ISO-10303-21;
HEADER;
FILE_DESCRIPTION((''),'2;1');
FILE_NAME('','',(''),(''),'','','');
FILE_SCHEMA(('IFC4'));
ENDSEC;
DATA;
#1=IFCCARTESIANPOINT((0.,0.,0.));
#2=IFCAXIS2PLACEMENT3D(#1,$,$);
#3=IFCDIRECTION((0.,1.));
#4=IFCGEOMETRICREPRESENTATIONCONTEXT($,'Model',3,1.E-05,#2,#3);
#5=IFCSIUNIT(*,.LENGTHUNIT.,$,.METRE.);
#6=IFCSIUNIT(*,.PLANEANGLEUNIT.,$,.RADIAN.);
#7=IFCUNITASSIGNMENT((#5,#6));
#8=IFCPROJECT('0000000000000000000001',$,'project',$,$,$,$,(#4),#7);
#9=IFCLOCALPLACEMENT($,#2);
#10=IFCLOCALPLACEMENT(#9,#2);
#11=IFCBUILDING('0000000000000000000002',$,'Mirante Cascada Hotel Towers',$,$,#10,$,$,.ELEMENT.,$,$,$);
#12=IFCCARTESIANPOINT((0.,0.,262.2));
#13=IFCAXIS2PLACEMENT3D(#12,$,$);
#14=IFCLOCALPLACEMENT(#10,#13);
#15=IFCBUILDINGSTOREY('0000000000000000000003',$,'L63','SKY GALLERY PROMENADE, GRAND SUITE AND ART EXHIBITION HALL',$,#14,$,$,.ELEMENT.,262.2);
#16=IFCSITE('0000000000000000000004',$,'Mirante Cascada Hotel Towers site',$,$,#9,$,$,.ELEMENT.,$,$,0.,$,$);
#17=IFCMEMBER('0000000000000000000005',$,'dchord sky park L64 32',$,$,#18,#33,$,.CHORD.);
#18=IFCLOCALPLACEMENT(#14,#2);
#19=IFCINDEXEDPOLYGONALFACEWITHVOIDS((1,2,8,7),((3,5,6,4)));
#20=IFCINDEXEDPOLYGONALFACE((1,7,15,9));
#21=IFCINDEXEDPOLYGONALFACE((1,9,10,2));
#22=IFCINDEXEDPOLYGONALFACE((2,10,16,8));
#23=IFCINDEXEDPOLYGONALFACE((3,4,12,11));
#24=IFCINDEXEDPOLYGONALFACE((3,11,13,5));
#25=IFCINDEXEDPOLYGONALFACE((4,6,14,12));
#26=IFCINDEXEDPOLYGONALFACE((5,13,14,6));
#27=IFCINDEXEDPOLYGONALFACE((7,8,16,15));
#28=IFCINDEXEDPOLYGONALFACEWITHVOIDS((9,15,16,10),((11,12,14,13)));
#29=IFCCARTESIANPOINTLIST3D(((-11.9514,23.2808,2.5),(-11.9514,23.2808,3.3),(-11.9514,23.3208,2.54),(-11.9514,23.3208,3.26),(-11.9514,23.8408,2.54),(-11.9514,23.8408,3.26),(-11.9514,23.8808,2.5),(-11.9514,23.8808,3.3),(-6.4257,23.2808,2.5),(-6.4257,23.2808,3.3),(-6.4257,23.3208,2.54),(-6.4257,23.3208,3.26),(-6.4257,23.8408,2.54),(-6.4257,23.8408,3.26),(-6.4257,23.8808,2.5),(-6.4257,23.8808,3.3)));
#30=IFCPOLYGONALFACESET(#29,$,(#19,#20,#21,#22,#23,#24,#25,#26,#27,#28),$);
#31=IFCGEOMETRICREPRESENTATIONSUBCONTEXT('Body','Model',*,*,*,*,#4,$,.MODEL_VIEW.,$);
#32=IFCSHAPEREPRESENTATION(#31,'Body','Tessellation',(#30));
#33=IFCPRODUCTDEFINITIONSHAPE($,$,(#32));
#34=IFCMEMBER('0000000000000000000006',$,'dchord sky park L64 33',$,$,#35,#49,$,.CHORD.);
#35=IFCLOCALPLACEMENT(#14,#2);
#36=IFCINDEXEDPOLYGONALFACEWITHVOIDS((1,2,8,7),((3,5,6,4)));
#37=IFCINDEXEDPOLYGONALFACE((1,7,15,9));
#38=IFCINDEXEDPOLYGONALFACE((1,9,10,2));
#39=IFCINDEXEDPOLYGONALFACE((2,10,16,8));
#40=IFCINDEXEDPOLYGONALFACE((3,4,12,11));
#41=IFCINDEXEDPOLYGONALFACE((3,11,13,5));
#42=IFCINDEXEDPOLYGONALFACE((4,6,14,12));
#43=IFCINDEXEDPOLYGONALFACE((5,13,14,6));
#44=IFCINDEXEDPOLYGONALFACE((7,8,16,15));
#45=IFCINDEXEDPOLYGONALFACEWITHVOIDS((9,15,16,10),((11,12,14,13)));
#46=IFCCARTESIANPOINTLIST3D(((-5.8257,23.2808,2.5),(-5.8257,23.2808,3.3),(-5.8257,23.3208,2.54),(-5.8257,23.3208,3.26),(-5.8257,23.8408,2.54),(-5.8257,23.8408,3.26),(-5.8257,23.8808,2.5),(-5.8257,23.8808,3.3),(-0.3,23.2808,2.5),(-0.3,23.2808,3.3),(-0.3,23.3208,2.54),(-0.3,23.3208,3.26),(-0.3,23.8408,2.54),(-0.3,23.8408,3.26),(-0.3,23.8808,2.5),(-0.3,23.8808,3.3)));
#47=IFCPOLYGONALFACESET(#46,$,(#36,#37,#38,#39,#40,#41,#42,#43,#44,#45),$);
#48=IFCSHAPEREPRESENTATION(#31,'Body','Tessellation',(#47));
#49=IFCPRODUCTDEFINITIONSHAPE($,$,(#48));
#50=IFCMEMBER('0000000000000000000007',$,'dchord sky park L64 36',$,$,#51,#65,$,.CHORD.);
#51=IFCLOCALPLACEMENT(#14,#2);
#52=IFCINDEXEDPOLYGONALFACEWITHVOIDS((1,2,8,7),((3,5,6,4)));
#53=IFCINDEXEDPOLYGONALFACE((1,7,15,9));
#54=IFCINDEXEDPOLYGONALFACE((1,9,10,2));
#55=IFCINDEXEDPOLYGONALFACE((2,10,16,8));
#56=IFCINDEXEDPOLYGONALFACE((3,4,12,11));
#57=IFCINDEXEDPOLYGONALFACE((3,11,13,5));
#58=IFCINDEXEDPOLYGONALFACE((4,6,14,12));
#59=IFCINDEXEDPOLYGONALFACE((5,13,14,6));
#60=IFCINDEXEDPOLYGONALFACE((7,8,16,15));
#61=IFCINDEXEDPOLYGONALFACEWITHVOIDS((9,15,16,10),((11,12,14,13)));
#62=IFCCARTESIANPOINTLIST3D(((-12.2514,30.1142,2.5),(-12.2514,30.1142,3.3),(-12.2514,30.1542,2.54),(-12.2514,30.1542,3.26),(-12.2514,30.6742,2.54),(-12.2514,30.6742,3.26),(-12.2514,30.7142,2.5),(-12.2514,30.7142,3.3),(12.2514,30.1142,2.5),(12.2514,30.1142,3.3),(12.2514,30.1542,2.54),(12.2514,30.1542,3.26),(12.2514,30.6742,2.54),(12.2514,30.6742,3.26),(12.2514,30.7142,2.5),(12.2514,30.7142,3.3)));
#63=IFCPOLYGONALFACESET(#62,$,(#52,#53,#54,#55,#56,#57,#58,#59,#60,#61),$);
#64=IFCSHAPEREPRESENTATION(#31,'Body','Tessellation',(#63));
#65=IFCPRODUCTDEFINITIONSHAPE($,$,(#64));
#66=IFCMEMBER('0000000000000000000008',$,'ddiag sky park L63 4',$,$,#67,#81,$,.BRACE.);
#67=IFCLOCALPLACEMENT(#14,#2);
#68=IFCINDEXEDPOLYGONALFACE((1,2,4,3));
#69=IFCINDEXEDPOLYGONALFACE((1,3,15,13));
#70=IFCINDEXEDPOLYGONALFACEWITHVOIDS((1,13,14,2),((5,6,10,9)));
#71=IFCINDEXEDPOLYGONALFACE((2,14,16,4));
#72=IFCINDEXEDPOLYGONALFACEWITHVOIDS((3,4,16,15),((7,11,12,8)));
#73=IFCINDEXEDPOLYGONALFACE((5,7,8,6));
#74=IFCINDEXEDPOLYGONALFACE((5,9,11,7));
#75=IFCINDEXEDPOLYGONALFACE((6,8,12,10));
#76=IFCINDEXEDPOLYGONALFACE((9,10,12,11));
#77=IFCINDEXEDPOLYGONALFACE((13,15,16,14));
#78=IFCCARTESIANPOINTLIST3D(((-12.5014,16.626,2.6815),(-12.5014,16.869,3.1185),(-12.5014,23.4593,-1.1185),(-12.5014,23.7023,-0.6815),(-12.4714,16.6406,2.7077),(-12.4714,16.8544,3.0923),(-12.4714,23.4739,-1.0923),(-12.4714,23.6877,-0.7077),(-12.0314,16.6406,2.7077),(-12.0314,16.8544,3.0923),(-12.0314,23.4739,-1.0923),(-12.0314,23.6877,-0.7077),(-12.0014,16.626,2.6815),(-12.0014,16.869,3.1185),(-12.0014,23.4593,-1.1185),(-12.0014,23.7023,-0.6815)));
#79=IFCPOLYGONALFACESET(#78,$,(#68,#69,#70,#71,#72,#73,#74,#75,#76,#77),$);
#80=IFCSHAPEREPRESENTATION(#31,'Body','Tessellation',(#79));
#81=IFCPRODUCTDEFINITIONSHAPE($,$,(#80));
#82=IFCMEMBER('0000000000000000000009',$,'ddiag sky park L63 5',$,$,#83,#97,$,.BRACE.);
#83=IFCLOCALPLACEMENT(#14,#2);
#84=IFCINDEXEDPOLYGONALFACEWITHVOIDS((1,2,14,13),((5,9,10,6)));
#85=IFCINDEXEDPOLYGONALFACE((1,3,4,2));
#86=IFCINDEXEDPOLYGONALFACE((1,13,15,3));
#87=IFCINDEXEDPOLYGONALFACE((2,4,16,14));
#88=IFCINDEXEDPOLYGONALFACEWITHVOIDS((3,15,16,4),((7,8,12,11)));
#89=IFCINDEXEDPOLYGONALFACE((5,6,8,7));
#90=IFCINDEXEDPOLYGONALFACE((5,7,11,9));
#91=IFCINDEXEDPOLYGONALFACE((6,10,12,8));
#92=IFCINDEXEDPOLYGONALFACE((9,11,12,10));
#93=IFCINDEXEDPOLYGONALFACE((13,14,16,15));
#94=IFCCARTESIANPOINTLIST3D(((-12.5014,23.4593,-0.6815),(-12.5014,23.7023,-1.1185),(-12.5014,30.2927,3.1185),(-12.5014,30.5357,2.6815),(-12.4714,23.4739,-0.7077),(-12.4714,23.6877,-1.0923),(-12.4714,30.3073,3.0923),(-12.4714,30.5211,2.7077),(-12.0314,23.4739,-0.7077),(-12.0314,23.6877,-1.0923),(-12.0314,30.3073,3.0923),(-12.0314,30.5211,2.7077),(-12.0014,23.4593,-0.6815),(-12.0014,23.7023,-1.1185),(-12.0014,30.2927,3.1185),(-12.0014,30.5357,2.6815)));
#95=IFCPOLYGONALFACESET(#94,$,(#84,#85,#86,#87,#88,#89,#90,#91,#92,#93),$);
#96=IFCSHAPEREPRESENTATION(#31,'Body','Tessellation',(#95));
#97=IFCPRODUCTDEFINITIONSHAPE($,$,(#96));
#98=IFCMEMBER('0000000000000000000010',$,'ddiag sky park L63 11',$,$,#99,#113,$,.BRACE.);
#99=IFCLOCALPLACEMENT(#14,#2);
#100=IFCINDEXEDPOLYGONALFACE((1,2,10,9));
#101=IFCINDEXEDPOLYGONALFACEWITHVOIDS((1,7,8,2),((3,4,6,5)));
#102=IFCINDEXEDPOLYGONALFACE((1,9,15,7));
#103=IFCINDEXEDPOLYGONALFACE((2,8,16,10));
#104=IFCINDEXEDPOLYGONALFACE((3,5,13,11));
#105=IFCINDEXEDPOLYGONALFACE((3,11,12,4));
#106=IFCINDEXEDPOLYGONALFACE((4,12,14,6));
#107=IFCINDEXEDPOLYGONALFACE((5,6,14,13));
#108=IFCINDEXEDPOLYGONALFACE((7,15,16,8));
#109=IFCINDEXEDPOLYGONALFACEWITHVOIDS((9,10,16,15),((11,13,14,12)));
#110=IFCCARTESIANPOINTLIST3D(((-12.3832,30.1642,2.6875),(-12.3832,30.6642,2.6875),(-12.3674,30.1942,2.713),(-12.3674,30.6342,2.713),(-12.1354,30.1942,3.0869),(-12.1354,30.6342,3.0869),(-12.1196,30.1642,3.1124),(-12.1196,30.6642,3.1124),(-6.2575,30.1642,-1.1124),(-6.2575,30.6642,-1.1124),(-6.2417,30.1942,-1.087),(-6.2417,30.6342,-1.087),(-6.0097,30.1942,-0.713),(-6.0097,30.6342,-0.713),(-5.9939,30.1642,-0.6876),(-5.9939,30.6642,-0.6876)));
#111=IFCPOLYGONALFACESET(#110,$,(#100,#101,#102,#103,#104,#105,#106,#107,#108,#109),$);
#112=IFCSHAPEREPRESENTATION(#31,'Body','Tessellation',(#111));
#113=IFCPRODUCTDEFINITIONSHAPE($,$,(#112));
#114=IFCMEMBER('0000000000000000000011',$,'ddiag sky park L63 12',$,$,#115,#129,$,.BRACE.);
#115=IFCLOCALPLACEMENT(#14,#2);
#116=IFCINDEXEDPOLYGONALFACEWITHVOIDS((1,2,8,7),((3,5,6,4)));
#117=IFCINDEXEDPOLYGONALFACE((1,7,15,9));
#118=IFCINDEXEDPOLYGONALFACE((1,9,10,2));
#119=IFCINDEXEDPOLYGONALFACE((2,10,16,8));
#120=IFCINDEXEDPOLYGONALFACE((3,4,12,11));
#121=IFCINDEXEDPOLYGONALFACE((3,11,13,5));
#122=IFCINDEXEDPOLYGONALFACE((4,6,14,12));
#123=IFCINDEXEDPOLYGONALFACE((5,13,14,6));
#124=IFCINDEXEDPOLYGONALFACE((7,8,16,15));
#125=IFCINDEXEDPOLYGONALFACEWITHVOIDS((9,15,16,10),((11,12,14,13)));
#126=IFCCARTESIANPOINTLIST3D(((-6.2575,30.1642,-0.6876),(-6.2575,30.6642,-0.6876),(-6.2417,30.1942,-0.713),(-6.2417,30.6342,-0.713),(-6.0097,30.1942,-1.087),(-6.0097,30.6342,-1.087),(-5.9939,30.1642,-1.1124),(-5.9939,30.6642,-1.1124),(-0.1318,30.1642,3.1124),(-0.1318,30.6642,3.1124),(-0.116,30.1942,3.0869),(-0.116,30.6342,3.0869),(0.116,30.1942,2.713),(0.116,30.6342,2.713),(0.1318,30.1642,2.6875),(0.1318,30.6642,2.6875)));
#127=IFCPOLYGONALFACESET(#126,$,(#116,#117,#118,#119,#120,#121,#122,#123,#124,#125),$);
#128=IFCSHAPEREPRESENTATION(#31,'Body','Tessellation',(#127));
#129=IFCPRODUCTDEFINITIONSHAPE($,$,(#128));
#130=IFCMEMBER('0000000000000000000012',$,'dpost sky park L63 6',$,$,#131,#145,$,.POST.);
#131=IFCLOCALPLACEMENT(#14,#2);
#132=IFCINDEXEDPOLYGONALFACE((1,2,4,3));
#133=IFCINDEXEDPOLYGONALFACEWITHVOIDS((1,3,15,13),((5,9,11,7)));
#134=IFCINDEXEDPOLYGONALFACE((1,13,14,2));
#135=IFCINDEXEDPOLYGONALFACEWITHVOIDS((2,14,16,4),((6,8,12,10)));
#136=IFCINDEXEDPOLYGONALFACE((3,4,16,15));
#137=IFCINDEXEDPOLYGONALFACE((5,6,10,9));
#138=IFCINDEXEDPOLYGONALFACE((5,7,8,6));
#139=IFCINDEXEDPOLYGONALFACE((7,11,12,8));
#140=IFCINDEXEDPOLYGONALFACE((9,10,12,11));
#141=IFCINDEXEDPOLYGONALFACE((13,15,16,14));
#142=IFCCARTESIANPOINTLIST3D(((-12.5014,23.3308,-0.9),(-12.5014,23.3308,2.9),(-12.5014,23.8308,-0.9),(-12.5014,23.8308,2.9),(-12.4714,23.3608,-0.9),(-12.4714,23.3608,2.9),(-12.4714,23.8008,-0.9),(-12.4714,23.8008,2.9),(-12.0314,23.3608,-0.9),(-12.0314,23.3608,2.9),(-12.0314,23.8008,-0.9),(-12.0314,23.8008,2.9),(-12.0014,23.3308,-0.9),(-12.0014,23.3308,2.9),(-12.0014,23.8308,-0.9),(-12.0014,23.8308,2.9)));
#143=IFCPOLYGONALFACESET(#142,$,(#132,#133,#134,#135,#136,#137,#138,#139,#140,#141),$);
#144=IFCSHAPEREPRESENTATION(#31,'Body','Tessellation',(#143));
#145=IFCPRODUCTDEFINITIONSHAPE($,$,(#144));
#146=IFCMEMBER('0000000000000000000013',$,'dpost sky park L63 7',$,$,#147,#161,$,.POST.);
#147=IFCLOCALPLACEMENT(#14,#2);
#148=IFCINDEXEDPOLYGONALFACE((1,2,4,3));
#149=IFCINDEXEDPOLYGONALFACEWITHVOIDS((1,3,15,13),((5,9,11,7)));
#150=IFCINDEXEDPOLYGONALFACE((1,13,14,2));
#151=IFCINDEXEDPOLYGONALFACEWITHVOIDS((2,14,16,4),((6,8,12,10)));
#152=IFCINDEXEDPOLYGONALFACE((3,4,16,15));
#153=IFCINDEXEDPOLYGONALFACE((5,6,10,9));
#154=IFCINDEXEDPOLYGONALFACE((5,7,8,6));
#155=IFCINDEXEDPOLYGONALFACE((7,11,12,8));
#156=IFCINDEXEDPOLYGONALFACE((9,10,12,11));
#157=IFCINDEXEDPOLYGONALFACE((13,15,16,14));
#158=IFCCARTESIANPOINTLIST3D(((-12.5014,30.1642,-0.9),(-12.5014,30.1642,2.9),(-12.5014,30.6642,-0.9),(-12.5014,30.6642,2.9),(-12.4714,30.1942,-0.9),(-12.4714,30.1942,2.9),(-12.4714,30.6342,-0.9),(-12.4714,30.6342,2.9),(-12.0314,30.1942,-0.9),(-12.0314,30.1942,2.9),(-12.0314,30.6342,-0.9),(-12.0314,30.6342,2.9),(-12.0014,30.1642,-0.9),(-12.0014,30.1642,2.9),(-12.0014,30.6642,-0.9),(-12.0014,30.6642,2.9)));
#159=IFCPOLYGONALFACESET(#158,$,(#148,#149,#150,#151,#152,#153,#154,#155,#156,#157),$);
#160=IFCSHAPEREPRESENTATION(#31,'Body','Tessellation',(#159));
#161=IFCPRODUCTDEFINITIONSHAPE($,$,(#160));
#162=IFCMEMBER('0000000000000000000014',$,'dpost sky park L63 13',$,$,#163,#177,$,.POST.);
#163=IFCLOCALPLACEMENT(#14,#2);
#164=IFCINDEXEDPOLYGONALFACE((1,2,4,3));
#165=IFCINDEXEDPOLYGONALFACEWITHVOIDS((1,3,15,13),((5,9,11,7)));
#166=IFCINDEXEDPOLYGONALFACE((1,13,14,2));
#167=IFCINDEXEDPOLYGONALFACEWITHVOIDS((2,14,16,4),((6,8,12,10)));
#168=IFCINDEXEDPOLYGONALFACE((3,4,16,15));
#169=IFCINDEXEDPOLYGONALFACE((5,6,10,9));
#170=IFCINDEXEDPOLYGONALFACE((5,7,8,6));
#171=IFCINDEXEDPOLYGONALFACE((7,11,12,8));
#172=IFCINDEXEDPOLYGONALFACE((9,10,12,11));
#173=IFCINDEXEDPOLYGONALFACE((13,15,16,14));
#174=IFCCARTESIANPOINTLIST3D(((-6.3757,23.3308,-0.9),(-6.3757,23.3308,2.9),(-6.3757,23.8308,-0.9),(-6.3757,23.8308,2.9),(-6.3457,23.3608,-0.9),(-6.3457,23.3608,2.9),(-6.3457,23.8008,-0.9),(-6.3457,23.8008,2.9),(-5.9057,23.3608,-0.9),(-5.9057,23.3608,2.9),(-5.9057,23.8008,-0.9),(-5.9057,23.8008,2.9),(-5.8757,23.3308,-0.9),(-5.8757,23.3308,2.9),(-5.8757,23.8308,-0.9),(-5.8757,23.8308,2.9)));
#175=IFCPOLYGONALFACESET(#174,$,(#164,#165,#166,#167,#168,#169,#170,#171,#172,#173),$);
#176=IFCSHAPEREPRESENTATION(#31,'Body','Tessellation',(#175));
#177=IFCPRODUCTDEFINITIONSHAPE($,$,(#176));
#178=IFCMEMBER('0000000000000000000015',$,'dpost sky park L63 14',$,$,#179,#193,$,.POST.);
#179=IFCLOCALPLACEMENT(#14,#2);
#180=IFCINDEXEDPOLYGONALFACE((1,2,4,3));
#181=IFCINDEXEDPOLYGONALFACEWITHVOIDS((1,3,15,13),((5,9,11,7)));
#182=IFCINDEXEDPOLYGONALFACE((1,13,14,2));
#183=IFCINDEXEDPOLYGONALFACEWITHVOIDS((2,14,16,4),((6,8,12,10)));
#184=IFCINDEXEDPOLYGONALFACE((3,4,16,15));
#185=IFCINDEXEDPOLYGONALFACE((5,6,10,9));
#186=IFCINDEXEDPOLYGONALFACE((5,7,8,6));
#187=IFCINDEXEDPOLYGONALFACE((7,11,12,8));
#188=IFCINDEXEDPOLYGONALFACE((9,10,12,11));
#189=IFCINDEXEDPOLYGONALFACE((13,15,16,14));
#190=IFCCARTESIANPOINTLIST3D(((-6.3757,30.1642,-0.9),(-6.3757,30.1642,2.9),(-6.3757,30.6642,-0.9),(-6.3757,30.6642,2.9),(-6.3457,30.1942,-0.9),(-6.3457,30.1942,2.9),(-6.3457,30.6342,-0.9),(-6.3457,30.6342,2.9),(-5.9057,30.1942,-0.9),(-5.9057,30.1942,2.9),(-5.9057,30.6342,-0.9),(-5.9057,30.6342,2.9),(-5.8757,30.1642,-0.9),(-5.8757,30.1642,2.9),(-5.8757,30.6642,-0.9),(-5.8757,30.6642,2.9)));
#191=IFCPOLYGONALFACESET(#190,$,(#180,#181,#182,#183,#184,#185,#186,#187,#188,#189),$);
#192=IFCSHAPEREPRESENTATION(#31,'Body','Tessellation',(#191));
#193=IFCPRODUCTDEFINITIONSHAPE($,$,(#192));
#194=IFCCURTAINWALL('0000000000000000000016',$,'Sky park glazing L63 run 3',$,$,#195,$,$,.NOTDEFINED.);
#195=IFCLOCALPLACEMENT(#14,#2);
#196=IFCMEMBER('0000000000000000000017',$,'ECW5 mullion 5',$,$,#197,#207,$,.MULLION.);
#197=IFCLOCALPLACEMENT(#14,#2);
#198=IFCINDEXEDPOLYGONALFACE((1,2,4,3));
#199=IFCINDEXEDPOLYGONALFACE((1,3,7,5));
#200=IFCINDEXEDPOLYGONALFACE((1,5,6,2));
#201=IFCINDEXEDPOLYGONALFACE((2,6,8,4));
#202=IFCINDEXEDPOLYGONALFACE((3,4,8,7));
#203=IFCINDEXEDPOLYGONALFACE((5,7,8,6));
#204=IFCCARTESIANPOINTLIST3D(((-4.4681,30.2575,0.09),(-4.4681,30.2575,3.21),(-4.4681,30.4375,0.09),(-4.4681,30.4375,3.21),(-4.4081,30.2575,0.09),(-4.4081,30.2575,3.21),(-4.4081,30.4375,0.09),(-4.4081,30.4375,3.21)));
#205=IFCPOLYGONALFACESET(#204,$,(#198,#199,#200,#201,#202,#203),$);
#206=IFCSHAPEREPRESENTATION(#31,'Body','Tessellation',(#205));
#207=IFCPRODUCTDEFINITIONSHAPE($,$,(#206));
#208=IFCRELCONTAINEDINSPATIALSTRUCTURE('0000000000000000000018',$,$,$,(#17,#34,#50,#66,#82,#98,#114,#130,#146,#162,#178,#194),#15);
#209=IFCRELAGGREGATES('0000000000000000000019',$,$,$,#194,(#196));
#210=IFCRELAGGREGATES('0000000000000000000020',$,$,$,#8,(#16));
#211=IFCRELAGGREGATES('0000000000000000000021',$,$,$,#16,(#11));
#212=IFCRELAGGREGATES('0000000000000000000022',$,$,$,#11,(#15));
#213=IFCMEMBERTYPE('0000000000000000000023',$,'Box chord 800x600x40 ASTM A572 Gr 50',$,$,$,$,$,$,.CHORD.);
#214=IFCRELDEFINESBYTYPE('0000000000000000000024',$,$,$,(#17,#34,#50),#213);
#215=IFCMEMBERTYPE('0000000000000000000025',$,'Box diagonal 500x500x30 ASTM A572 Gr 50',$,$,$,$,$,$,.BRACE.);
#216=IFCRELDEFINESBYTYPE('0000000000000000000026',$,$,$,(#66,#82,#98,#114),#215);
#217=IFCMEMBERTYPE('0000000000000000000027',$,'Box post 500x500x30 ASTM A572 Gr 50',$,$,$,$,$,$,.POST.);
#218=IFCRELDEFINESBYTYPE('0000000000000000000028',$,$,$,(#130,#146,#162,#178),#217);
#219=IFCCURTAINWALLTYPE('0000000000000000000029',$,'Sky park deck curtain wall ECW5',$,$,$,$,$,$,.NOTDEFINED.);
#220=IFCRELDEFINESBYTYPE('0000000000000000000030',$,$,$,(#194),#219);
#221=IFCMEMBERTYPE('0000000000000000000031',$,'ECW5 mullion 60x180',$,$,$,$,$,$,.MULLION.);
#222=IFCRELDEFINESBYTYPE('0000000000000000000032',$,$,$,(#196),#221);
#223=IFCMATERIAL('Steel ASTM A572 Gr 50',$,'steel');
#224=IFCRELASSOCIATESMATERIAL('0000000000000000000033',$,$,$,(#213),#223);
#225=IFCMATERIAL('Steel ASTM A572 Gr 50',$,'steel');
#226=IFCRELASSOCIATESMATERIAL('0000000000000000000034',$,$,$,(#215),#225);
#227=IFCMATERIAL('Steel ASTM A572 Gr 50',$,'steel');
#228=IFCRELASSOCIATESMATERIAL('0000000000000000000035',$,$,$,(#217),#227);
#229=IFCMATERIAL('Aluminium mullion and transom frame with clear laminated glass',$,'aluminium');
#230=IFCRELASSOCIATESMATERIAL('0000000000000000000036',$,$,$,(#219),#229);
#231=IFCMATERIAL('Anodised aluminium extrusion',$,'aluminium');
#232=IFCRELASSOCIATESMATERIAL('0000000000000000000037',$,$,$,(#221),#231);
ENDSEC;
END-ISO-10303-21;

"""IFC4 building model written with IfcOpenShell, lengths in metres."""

from ifc_helpers import new_model, si_unit, direction, frame, origin, origin_2d, place, context, subcontext, project, spatial, rectangle, hollow_rectangle, extrude, material, material_profile, profile_set, type_object, element, aggregate, save


model = new_model("IFC4")

# Units and contexts
model_context = context("Model", 3, precision=1e-05, world=origin(), true_north=direction((0.0, 1.0)))
body_context = subcontext(model_context, "Body", "Model", "MODEL_VIEW")
ifc_project = project(units=[si_unit("LENGTHUNIT", "METRE"), si_unit("PLANEANGLEUNIT", "RADIAN")], contexts=[model_context])

# Site, building, storey
site_placement = place(None, origin())
site = spatial("IfcSite", under=ifc_project, at=site_placement, Name="Mirante Cascada Hotel Towers site", CompositionType="ELEMENT", RefElevation=0.0)
building_placement = place(site_placement, origin())
building = spatial("IfcBuilding", under=site, at=building_placement, Name="Mirante Cascada Hotel Towers", CompositionType="ELEMENT")
storey_placement = place(building_placement, frame((0.0, 0.0, 262.2)))
storey = spatial("IfcBuildingStorey", under=building, at=storey_placement, Name="L63", Description="SKY GALLERY PROMENADE, GRAND SUITE AND ART EXHIBITION HALL", CompositionType="ELEMENT", Elevation=262.2)

# Members
ifc_material_1 = material(Name="Steel ASTM A572 Gr 50", Category="steel")
ifc_material_profile_1 = material_profile(ifc_material_1, hollow_rectangle(XDim=0.6, YDim=0.8, WallThickness=0.04, at=origin_2d()), Name="Box chord 800x600x40 ASTM A572 Gr 50")
ifc_profile_set_1 = profile_set([ifc_material_profile_1], Name="Steel ASTM A572 Gr 50")
member_type_1 = type_object("IfcMemberType", Name="Box chord 800x600x40 ASTM A572 Gr 50", PredefinedType="CHORD", material=ifc_profile_set_1)
for number, where, z_axis, x_axis, name in (
    (1, (-11.9514, 23.5808, 2.9), (1.0, 0.0, 0.0), (0.0, 1.0, 0.0), "dchord sky park L64 32"),
    (2, (-5.8257, 23.5808, 2.9), (1.0, 0.0, 0.0), (0.0, 1.0, 0.0), "dchord sky park L64 33"),
):
    element("IfcMember", number, at=place(storey_placement, frame(where, z_axis=z_axis, x_axis=x_axis)), inside=storey, type_object=member_type_1, Name=name, PredefinedType="CHORD", context=body_context, shape_type="SweptSolid", body=[
        extrude(hollow_rectangle(XDim=0.6, YDim=0.8, WallThickness=0.04, at=origin_2d()), origin(), (0.0, 0.0, 1.0), 5.5257),
    ])
member_1_placement = place(storey_placement, frame((-12.2514, 30.4142, 2.9), z_axis=(1.0, 0.0, 0.0), x_axis=(0.0, 1.0, 0.0)))
element("IfcMember", 3, at=member_1_placement, inside=storey, type_object=member_type_1, Name="dchord sky park L64 36", PredefinedType="CHORD", context=body_context, shape_type="SweptSolid", body=[
    extrude(hollow_rectangle(XDim=0.6, YDim=0.8, WallThickness=0.04, at=origin_2d()), origin(), (0.0, 0.0, 1.0), 24.5028),
])
ifc_material_2 = material(Name="Steel ASTM A572 Gr 50", Category="steel")
ifc_material_profile_2 = material_profile(ifc_material_2, hollow_rectangle(XDim=0.5, YDim=0.5, WallThickness=0.03, at=origin_2d()), Name="Box diagonal 500x500x30 ASTM A572 Gr 50")
ifc_profile_set_2 = profile_set([ifc_material_profile_2], Name="Steel ASTM A572 Gr 50")
member_type_2 = type_object("IfcMemberType", Name="Box diagonal 500x500x30 ASTM A572 Gr 50", PredefinedType="BRACE", material=ifc_profile_set_2)
member_2_placement = place(storey_placement, frame((-12.2514, 23.5808, -0.9), z_axis=(0.0, -0.873955, 0.486007), x_axis=(1.0, 0.0, 0.0)))
element("IfcMember", 4, at=member_2_placement, inside=storey, type_object=member_type_2, Name="ddiag sky park L63 4", PredefinedType="BRACE", context=body_context, shape_type="SweptSolid", body=[
    extrude(hollow_rectangle(XDim=0.5, YDim=0.5, WallThickness=0.03, at=origin_2d()), origin(), (0.0, 0.0, 1.0), 7.8188),
])
member_3_placement = place(storey_placement, frame((-12.2514, 23.5808, -0.9), z_axis=(0.0, 0.873958, 0.486001), x_axis=(-1.0, 0.0, 0.0)))
element("IfcMember", 5, at=member_3_placement, inside=storey, type_object=member_type_2, Name="ddiag sky park L63 5", PredefinedType="BRACE", context=body_context, shape_type="SweptSolid", body=[
    extrude(hollow_rectangle(XDim=0.5, YDim=0.5, WallThickness=0.03, at=origin_2d()), origin(), (0.0, 0.0, 1.0), 7.8189),
])
for number, where, z_axis, x_axis, name in (
    (6, (-6.1257, 30.4142, -0.9), (-0.849774, 0.0, 0.527147), (0.0, -1.0, 0.0), "ddiag sky park L63 11"),
    (7, (-6.1257, 30.4142, -0.9), (0.849774, 0.0, 0.527147), (0.0, 1.0, 0.0), "ddiag sky park L63 12"),
):
    element("IfcMember", number, at=place(storey_placement, frame(where, z_axis=z_axis, x_axis=x_axis)), inside=storey, type_object=member_type_2, Name=name, PredefinedType="BRACE", context=body_context, shape_type="SweptSolid", body=[
        extrude(hollow_rectangle(XDim=0.5, YDim=0.5, WallThickness=0.03, at=origin_2d()), origin(), (0.0, 0.0, 1.0), 7.2086),
    ])
ifc_material_3 = material(Name="Steel ASTM A572 Gr 50", Category="steel")
ifc_material_profile_3 = material_profile(ifc_material_3, hollow_rectangle(XDim=0.5, YDim=0.5, WallThickness=0.03, at=origin_2d()), Name="Box post 500x500x30 ASTM A572 Gr 50")
ifc_profile_set_3 = profile_set([ifc_material_profile_3], Name="Steel ASTM A572 Gr 50")
member_type_3 = type_object("IfcMemberType", Name="Box post 500x500x30 ASTM A572 Gr 50", PredefinedType="POST", material=ifc_profile_set_3)
for number, where, z_axis, x_axis, name in (
    (8, (-12.2514, 23.5808, -0.9), (0.0, 0.0, 1.0), (1.0, 0.0, 0.0), "dpost sky park L63 6"),
    (9, (-12.2514, 30.4142, -0.9), (0.0, 0.0, 1.0), (1.0, 0.0, 0.0), "dpost sky park L63 7"),
    (10, (-6.1257, 23.5808, -0.9), (0.0, 0.0, 1.0), (1.0, 0.0, 0.0), "dpost sky park L63 13"),
    (11, (-6.1257, 30.4142, -0.9), (0.0, 0.0, 1.0), (1.0, 0.0, 0.0), "dpost sky park L63 14"),
):
    element("IfcMember", number, at=place(storey_placement, frame(where, z_axis=z_axis, x_axis=x_axis)), inside=storey, type_object=member_type_3, Name=name, PredefinedType="POST", context=body_context, shape_type="SweptSolid", body=[
        extrude(hollow_rectangle(XDim=0.5, YDim=0.5, WallThickness=0.03, at=origin_2d()), origin(), (0.0, 0.0, 1.0), 3.8),
    ])

# Curtain wall, member
ifc_material_4 = material(Name="Aluminium mullion and transom frame with clear laminated glass", Category="aluminium")
curtain_wall_type = type_object("IfcCurtainWallType", Name="Sky park deck curtain wall ECW5", PredefinedType="NOTDEFINED", material=ifc_material_4)
curtain_wall_1_placement = place(storey_placement, origin())
curtain_wall_1 = element("IfcCurtainWall", 12, at=curtain_wall_1_placement, inside=storey, type_object=curtain_wall_type, Name="Sky park glazing L63 run 3", PredefinedType="NOTDEFINED")
ifc_material_5 = material(Name="Anodised aluminium extrusion", Category="aluminium")
ifc_material_profile_4 = material_profile(ifc_material_5, rectangle(XDim=0.18, YDim=0.06, at=origin_2d()), Name="ECW5 MULLION 60x180")
ifc_profile_set_4 = profile_set([ifc_material_profile_4], Name="Anodised aluminium extrusion")
member_type_4 = type_object("IfcMemberType", Name="ECW5 mullion 60x180", PredefinedType="MULLION", material=ifc_profile_set_4)
member_4_placement = place(storey_placement, frame((-4.4381, 30.3475, 0.09), z_axis=(0.0, 0.0, 1.0), x_axis=(0.0, -1.0, 0.0)))
member_4 = element("IfcMember", 13, at=member_4_placement, type_object=member_type_4, Name="ECW5 mullion 5", PredefinedType="MULLION", context=body_context, shape_type="SweptSolid", body=[
    extrude(rectangle(XDim=0.18, YDim=0.06, at=origin_2d()), origin(), (0.0, 0.0, 1.0), 3.12),
])

aggregate(curtain_wall_1, [member_4])

save(model, "model.ifc")
